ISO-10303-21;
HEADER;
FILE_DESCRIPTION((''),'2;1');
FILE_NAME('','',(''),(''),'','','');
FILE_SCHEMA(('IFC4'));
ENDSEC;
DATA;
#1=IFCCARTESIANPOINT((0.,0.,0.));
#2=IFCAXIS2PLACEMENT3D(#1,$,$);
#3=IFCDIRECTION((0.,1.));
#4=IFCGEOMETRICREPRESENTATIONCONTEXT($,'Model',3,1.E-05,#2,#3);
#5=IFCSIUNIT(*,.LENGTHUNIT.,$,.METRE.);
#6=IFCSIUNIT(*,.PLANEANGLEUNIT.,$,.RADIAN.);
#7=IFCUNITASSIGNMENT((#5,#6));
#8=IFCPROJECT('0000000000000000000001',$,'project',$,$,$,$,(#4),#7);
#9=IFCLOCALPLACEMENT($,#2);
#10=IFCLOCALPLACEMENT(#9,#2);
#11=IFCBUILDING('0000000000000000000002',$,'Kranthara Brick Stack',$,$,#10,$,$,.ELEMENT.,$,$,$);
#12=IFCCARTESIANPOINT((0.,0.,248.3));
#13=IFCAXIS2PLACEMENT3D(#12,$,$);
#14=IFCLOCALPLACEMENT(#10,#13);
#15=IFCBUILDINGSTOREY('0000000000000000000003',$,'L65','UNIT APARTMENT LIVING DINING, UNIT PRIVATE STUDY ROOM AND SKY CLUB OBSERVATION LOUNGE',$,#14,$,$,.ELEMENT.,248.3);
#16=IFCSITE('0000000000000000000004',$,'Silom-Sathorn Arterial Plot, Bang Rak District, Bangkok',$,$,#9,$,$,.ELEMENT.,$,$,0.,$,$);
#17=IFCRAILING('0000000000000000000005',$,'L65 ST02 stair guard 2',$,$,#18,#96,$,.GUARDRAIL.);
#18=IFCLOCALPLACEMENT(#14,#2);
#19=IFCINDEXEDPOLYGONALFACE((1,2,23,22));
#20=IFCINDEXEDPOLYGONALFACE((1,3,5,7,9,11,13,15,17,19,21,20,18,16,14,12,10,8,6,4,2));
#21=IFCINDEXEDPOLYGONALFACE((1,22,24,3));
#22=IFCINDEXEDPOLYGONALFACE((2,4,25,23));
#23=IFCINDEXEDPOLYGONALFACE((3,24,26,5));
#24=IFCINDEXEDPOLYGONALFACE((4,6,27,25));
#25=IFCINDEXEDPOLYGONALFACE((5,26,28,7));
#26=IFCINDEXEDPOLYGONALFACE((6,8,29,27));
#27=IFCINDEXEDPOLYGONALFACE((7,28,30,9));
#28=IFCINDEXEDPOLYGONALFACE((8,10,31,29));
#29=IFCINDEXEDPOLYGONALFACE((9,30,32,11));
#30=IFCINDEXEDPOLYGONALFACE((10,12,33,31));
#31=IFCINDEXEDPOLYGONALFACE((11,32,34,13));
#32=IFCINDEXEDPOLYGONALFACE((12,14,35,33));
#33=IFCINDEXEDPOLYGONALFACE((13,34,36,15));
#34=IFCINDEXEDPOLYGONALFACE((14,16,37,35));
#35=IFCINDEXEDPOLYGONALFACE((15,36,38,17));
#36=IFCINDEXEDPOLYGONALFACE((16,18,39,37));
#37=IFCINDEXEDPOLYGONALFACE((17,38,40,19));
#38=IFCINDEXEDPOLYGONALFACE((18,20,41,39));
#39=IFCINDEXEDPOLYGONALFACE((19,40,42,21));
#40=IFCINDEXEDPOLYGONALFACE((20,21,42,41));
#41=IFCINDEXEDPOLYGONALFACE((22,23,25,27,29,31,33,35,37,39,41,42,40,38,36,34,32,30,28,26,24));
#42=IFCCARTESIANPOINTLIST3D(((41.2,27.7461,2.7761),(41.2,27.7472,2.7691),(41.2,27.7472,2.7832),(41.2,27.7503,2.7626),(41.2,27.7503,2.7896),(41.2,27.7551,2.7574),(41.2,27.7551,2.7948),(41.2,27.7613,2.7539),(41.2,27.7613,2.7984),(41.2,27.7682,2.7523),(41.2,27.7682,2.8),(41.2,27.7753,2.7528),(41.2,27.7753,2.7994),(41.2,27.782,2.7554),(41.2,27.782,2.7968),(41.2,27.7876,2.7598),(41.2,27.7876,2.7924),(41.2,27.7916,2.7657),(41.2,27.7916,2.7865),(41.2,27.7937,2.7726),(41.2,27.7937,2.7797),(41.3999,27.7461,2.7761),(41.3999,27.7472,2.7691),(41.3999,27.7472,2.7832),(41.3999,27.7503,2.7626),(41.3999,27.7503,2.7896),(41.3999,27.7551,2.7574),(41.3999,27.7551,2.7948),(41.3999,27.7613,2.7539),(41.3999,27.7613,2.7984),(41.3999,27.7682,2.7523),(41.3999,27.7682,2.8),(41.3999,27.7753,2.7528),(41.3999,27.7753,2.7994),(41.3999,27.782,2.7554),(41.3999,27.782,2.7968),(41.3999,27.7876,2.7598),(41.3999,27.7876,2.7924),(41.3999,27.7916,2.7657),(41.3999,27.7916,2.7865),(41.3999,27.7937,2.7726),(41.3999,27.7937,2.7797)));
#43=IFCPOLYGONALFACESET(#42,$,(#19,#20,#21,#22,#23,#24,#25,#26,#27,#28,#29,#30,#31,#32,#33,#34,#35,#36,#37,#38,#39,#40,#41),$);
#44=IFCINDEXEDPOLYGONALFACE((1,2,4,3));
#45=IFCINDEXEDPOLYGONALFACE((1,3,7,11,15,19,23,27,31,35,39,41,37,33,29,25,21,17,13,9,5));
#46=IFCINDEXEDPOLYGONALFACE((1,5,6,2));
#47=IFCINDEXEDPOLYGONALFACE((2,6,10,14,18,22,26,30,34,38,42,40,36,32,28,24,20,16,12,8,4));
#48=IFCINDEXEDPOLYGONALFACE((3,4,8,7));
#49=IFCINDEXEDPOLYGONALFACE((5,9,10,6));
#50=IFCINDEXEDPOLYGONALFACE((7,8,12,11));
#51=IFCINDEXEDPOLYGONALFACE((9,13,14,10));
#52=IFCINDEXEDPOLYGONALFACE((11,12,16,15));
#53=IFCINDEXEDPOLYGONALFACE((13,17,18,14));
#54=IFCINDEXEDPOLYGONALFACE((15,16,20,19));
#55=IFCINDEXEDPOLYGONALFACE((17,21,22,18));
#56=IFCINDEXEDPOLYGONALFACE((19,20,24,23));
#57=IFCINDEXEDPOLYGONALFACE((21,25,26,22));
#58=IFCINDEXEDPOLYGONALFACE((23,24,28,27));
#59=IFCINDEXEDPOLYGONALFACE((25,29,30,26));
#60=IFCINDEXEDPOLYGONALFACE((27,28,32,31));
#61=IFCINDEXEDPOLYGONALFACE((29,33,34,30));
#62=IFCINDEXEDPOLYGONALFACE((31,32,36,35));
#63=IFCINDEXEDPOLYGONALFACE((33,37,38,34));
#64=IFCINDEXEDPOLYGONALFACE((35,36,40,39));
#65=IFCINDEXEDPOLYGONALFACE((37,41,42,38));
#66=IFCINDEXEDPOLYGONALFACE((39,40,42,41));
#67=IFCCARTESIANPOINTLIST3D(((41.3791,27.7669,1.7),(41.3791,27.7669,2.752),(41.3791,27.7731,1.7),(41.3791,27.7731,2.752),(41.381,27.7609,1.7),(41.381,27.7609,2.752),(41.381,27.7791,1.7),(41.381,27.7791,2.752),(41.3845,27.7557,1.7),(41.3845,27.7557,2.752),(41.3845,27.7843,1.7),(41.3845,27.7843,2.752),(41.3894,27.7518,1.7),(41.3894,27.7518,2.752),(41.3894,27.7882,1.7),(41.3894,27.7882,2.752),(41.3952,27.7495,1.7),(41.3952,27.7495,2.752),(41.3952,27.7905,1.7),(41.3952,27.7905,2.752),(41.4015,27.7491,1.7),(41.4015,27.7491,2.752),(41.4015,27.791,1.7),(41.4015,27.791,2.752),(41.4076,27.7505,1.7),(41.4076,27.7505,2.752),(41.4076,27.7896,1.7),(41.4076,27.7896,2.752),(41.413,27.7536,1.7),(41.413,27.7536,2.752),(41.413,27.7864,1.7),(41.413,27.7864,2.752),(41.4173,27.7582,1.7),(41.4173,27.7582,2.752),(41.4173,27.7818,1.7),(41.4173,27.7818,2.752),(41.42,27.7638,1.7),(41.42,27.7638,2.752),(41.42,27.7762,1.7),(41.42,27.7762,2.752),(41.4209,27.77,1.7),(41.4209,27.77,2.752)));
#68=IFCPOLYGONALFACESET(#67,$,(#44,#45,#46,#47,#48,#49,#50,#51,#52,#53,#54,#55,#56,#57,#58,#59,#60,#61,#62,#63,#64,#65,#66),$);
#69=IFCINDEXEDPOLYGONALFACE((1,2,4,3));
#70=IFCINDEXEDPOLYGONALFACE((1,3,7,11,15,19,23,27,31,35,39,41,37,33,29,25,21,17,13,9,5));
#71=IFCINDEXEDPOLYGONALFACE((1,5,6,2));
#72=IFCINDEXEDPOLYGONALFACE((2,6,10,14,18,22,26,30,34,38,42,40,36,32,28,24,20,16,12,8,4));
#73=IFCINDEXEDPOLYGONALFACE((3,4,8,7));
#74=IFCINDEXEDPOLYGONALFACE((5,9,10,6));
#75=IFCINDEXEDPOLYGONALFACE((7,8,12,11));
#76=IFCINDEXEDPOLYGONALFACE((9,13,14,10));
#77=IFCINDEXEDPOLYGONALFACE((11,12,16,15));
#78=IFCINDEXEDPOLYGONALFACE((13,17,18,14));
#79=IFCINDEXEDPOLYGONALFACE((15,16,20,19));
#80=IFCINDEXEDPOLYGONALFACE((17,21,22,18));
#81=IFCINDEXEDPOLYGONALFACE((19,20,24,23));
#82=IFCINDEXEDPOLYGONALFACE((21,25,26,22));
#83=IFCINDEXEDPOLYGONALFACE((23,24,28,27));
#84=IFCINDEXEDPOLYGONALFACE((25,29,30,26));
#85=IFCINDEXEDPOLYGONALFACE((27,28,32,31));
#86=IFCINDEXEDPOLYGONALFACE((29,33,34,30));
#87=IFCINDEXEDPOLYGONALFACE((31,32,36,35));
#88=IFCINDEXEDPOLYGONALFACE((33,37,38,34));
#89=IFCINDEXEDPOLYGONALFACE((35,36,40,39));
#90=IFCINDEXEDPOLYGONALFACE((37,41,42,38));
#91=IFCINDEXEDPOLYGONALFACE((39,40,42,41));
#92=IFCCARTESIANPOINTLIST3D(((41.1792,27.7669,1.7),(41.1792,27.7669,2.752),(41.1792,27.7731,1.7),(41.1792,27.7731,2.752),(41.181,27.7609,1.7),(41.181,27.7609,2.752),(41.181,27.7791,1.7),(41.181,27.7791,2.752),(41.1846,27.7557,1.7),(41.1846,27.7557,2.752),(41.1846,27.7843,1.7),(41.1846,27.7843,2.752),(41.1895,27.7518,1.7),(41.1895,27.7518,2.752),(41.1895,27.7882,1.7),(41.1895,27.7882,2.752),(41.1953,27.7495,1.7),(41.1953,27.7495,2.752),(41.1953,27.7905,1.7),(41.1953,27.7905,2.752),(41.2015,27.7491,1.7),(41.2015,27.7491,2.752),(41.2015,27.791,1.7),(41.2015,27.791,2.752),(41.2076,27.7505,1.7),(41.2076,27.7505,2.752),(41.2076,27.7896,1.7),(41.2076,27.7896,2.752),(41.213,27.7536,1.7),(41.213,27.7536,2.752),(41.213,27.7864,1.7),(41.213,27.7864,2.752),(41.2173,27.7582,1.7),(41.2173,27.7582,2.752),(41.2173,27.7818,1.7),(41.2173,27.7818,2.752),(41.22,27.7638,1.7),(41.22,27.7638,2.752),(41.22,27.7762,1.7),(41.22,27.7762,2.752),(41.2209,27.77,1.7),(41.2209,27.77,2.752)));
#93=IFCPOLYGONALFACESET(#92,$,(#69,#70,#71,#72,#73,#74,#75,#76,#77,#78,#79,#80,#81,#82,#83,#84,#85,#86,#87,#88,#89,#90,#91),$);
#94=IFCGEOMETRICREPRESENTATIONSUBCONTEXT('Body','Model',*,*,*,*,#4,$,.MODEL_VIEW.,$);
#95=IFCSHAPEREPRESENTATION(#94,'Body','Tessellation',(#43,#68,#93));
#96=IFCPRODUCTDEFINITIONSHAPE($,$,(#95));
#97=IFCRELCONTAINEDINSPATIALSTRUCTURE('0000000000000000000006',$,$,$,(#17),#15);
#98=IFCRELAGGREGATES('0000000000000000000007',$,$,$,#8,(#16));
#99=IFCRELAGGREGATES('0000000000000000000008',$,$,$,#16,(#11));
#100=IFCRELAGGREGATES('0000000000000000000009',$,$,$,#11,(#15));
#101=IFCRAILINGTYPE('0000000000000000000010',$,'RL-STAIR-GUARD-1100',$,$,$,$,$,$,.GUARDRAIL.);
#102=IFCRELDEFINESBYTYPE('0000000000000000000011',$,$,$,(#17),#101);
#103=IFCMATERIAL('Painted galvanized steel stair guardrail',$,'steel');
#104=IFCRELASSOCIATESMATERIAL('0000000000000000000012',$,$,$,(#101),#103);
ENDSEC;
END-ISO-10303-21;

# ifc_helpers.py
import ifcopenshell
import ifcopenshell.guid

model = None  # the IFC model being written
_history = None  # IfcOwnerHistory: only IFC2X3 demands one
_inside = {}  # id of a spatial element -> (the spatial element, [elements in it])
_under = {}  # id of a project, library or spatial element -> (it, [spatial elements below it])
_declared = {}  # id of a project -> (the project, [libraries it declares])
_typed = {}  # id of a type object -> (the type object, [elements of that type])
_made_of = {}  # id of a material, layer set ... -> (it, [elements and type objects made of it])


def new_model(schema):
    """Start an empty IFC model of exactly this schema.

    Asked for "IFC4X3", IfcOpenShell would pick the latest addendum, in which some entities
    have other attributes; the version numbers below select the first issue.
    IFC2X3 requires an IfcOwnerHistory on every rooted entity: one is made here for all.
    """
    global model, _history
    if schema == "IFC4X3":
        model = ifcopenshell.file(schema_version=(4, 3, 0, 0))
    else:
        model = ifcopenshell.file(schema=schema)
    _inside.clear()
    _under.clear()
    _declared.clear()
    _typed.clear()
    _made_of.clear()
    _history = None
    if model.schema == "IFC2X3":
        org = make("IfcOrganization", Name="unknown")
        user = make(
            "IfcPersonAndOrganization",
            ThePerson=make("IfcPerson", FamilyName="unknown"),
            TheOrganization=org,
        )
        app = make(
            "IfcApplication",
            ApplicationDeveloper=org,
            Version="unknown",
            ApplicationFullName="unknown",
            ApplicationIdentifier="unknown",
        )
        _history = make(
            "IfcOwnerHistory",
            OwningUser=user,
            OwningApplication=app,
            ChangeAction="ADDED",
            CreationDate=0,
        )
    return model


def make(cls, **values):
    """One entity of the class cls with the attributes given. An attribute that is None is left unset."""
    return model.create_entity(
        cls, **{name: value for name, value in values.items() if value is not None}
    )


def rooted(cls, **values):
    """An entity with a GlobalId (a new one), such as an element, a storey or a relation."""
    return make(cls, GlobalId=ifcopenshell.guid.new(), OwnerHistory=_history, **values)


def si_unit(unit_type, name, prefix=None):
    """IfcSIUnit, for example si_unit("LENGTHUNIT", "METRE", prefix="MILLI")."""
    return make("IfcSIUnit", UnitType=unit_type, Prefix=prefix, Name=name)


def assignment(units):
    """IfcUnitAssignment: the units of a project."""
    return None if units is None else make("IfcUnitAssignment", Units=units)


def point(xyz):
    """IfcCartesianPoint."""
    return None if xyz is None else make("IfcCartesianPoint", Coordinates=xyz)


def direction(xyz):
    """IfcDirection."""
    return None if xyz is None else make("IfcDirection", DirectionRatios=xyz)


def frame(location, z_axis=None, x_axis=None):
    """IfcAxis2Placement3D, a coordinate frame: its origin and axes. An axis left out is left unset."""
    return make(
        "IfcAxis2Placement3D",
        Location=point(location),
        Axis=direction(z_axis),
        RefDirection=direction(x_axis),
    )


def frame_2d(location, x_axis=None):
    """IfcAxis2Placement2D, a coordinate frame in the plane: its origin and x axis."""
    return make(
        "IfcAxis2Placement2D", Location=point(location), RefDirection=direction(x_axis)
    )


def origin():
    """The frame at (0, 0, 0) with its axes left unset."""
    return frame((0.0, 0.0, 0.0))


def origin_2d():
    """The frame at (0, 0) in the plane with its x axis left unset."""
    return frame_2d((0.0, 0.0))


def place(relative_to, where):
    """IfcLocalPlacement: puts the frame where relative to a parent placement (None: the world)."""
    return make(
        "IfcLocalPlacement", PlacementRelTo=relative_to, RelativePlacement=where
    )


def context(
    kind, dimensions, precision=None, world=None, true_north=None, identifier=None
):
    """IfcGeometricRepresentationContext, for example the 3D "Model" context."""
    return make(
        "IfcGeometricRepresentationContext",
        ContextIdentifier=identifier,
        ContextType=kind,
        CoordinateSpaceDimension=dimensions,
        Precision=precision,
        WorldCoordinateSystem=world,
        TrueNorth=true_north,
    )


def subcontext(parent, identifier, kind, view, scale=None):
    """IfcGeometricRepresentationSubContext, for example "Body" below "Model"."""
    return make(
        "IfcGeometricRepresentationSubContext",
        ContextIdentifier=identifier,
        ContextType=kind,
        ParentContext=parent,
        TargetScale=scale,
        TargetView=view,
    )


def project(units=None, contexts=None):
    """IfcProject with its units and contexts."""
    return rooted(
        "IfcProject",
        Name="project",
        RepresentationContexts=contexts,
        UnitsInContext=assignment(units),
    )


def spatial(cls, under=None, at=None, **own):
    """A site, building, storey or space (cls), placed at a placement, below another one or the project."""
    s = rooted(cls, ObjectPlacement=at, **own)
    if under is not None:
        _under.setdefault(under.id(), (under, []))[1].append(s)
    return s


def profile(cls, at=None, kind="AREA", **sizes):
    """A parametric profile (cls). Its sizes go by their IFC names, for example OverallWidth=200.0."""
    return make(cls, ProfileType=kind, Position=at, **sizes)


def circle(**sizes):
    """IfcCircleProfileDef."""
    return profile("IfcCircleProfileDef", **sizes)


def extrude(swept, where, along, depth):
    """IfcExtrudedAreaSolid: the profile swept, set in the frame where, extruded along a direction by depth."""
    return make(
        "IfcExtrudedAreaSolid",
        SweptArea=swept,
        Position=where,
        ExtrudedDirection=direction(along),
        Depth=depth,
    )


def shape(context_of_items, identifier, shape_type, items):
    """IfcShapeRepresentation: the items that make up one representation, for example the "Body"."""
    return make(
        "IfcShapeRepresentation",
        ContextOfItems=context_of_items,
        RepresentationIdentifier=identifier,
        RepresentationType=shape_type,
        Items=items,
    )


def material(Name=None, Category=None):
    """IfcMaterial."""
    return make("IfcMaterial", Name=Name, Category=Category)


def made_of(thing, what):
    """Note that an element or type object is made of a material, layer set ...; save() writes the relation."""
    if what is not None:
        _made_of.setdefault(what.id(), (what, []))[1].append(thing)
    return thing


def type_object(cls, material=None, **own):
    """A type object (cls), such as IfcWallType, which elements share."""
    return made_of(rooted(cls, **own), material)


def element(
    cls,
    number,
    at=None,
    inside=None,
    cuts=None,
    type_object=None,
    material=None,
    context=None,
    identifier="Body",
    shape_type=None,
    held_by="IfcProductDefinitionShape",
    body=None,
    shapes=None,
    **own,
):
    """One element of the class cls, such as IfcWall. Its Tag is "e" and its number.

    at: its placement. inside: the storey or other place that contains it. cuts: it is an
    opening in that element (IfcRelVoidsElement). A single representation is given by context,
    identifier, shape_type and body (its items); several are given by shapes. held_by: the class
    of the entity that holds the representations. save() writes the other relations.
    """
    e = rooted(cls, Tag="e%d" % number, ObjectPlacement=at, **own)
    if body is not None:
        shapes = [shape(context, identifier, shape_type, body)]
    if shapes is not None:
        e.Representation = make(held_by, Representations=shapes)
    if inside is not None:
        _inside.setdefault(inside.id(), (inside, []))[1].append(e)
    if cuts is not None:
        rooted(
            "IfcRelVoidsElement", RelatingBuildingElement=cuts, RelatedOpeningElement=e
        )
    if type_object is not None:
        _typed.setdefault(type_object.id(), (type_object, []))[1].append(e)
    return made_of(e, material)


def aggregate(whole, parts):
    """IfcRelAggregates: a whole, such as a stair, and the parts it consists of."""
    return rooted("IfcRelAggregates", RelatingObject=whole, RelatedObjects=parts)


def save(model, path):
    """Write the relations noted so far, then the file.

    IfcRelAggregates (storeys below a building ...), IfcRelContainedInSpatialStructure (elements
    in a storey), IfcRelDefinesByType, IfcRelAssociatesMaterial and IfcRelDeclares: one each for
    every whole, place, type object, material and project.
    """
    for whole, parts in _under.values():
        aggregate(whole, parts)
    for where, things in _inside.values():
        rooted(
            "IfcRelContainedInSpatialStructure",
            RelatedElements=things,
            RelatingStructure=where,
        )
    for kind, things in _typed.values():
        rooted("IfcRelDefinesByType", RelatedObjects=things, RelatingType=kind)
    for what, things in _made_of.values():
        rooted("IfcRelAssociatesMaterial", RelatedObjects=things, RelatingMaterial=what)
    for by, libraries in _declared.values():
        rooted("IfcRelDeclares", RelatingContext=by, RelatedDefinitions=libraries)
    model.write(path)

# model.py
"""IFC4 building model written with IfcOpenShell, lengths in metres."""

from ifc_helpers import new_model, si_unit, direction, frame, origin, origin_2d, place, context, subcontext, project, spatial, circle, extrude, material, type_object, element, save


model = new_model("IFC4")

# Units and contexts
model_context = context("Model", 3, precision=1e-05, world=origin(), true_north=direction((0.0, 1.0)))
body_context = subcontext(model_context, "Body", "Model", "MODEL_VIEW")
ifc_project = project(units=[si_unit("LENGTHUNIT", "METRE"), si_unit("PLANEANGLEUNIT", "RADIAN")], contexts=[model_context])

# Site, building, storey
site_placement = place(None, origin())
site = spatial("IfcSite", under=ifc_project, at=site_placement, Name="Silom-Sathorn Arterial Plot, Bang Rak District, Bangkok", CompositionType="ELEMENT", RefElevation=0.0)
building_placement = place(site_placement, origin())
building = spatial("IfcBuilding", under=site, at=building_placement, Name="Kranthara Brick Stack", CompositionType="ELEMENT")
storey_placement = place(building_placement, frame((0.0, 0.0, 248.3)))
storey = spatial("IfcBuildingStorey", under=building, at=storey_placement, Name="L65", Description="UNIT APARTMENT LIVING DINING, UNIT PRIVATE STUDY ROOM AND SKY CLUB OBSERVATION LOUNGE", CompositionType="ELEMENT", Elevation=248.3)

# Railing
ifc_material_1 = material(Name="Painted galvanized steel stair guardrail", Category="steel")
railing_type_1 = type_object("IfcRailingType", Name="RL-STAIR-GUARD-1100", PredefinedType="GUARDRAIL", material=ifc_material_1)
railing_1_placement = place(storey_placement, frame((41.3999, 27.77, 1.7)))
element("IfcRailing", 1, at=railing_1_placement, inside=storey, type_object=railing_type_1, Name="L65 ST02 stair guard 2", PredefinedType="GUARDRAIL", context=body_context, shape_type="SweptSolid", body=[
    extrude(circle(Radius=0.0239, at=origin_2d()), frame((0.0, 0.0, 1.0762), z_axis=(-1.0, 0.0, 0.0), x_axis=(0.0, -1.0, 0.0)), (0.0, 0.0, 1.0), 0.2),
    extrude(circle(Radius=0.021, at=origin_2d()), origin(), (0.0, 0.0, 1.0), 1.052),
    extrude(circle(Radius=0.021, at=origin_2d()), frame((-0.2, 0.0, 0.0)), (0.0, 0.0, 1.0), 1.052),
])

save(model, "model.ifc")
